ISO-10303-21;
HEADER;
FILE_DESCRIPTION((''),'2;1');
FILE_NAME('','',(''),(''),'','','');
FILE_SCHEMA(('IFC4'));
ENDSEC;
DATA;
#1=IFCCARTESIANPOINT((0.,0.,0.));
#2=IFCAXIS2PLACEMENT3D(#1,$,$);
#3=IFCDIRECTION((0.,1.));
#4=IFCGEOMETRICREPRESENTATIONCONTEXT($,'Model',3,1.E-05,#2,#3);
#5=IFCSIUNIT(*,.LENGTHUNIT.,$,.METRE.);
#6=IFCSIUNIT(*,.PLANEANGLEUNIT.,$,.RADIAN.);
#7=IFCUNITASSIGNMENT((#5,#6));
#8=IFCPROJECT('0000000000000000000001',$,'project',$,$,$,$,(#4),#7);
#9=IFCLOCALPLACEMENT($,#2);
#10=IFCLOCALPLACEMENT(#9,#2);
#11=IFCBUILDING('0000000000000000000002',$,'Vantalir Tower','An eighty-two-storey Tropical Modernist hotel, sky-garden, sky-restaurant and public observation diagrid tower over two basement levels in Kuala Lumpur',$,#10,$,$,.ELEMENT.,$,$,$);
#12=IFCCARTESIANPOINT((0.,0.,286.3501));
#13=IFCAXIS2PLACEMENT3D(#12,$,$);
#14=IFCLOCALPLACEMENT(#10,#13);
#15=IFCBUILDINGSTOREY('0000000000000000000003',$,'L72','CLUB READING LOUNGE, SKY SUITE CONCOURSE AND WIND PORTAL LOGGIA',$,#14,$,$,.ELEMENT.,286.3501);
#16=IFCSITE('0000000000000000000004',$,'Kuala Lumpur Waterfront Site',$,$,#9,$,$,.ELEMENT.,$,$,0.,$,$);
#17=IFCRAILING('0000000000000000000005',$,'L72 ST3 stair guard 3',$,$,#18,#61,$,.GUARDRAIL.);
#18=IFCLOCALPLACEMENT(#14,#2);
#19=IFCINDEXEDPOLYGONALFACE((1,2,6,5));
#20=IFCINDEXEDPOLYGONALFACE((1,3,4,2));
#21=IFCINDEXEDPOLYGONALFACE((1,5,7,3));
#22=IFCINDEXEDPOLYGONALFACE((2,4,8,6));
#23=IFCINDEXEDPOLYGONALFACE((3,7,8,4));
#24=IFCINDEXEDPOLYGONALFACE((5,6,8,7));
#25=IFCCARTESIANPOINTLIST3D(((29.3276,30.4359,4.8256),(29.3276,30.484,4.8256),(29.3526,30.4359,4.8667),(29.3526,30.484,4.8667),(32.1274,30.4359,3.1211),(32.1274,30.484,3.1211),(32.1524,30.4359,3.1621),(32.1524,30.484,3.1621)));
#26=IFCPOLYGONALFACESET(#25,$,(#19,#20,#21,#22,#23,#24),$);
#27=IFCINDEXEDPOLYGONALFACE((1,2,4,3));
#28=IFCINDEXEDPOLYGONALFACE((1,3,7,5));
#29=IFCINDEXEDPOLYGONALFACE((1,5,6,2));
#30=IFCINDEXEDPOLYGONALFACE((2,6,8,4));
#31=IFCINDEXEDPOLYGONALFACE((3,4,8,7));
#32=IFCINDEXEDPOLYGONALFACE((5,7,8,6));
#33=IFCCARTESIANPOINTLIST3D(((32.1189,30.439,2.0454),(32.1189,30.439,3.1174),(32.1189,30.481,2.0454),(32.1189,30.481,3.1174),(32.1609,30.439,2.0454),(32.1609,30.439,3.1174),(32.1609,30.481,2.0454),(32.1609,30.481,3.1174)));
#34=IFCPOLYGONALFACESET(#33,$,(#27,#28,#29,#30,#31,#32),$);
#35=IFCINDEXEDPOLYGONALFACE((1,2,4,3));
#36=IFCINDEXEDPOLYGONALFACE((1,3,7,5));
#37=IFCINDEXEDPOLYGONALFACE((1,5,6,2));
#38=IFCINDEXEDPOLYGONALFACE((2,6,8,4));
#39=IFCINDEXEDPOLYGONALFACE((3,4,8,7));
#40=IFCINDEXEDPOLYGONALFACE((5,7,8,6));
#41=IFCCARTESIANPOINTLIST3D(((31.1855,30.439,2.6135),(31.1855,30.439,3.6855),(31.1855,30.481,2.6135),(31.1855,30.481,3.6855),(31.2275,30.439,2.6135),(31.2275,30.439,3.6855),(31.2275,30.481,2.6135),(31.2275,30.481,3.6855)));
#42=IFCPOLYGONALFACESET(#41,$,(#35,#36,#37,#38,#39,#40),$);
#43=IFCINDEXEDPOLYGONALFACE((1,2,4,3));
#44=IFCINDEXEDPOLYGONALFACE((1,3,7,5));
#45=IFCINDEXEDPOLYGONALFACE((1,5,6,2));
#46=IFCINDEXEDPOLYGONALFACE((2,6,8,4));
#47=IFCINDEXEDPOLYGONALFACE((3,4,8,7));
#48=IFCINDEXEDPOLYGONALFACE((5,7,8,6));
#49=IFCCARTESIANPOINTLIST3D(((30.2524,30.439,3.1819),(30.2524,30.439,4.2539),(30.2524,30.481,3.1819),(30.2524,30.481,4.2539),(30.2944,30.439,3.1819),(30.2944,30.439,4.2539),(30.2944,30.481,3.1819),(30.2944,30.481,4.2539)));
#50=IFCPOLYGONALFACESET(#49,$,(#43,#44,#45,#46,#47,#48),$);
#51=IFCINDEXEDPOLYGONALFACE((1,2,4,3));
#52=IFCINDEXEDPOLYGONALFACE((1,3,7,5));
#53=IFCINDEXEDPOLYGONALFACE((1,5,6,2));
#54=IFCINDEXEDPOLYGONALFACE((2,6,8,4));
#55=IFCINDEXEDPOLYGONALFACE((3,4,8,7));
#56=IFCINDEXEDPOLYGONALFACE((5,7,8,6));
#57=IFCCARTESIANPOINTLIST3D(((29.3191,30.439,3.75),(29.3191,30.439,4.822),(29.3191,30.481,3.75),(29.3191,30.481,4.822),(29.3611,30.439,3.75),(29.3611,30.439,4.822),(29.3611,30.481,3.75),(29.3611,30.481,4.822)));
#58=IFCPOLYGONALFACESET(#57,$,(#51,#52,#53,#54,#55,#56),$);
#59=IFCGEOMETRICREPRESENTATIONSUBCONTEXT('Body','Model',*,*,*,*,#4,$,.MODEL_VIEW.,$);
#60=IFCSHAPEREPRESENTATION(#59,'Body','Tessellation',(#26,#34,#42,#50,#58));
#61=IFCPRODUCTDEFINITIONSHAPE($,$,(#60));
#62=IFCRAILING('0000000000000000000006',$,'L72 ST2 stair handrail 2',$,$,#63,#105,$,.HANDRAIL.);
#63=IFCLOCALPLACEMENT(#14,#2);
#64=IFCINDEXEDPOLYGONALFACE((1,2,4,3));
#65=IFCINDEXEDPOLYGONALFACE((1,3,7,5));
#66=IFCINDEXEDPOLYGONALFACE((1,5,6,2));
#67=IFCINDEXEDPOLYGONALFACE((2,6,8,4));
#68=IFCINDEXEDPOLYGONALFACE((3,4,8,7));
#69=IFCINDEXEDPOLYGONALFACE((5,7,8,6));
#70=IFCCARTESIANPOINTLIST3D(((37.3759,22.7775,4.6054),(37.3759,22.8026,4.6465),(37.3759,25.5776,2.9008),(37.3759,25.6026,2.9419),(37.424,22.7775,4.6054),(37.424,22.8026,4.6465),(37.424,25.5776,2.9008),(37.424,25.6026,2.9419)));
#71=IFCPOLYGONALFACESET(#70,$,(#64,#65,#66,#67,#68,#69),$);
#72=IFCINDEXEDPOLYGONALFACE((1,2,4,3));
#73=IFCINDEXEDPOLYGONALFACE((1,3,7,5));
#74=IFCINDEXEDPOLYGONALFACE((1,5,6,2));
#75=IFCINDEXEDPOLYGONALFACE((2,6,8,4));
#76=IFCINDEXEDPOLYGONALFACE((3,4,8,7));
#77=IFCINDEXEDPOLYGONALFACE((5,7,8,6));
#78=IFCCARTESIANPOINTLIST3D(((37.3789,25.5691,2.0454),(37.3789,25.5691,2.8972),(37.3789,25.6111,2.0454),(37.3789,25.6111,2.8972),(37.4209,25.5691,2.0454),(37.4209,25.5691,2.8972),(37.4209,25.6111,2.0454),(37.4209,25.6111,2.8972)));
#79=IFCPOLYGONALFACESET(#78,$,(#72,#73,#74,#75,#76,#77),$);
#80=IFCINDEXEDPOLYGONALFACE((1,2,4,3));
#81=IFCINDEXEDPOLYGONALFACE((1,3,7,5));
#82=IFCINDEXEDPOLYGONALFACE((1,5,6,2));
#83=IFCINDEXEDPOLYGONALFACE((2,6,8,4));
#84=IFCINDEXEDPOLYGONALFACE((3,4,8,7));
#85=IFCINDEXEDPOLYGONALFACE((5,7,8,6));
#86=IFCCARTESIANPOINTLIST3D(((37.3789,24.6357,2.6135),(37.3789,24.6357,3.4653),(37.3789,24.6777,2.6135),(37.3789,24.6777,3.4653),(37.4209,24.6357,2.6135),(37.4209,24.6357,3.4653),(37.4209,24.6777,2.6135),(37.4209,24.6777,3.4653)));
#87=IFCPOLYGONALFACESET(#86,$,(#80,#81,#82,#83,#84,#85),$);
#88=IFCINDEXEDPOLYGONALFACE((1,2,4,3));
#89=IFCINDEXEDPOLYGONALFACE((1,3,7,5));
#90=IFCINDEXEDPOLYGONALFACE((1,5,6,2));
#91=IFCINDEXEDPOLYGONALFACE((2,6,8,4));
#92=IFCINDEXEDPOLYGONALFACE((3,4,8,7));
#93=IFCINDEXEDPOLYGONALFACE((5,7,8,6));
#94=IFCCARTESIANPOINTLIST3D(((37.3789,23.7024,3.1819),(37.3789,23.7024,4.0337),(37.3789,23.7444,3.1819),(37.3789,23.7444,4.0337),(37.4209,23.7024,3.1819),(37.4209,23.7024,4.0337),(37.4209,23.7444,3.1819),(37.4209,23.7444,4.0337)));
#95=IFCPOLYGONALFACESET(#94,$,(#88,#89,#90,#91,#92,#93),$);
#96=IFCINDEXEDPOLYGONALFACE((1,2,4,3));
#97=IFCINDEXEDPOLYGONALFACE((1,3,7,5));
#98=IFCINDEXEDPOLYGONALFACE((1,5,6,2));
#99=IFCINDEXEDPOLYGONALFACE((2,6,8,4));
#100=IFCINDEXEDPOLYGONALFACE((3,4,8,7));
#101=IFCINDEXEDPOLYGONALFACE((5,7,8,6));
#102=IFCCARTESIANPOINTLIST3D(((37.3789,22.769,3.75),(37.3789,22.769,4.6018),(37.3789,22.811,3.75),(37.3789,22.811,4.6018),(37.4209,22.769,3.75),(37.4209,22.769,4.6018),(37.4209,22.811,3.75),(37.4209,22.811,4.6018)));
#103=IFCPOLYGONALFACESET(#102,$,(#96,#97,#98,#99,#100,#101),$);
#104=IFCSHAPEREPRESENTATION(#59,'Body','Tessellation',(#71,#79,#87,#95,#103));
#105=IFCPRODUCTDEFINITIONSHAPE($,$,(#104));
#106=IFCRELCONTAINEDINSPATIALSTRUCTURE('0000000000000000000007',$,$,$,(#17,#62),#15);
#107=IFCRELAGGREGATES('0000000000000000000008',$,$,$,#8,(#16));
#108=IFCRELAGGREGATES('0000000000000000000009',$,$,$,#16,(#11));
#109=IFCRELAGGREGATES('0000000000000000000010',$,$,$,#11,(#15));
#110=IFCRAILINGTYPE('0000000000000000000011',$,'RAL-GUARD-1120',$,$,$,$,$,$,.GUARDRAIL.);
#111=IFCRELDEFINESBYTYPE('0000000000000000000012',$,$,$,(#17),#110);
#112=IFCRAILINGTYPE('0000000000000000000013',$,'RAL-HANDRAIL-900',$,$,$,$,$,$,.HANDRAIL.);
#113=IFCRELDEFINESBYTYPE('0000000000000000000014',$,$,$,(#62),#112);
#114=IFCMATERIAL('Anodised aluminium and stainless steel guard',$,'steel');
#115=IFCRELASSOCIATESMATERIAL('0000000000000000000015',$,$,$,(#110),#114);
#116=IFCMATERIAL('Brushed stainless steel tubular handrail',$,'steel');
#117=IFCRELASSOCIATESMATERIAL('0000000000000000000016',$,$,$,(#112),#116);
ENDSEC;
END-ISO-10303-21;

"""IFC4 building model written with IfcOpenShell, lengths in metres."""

from ifc_helpers import new_model, si_unit, direction, frame, origin, origin_2d, place, context, subcontext, project, spatial, rectangle, extrude, material, type_object, element, save


model = new_model("IFC4")

# Units and contexts
model_context = context("Model", 3, precision=1e-05, world=origin(), true_north=direction((0.0, 1.0)))
body_context = subcontext(model_context, "Body", "Model", "MODEL_VIEW")
ifc_project = project(units=[si_unit("LENGTHUNIT", "METRE"), si_unit("PLANEANGLEUNIT", "RADIAN")], contexts=[model_context])

# Site, building, storey
site_placement = place(None, origin())
site = spatial("IfcSite", under=ifc_project, at=site_placement, Name="Kuala Lumpur Waterfront Site", CompositionType="ELEMENT", RefElevation=0.0)
building_placement = place(site_placement, origin())
building = spatial("IfcBuilding", under=site, at=building_placement, Name="Vantalir Tower", Description="An eighty-two-storey Tropical Modernist hotel, sky-garden, sky-restaurant and public observation diagrid tower over two basement levels in Kuala Lumpur", CompositionType="ELEMENT")
storey_placement = place(building_placement, frame((0.0, 0.0, 286.3501)))
storey = spatial("IfcBuildingStorey", under=building, at=storey_placement, Name="L72", Description="CLUB READING LOUNGE, SKY SUITE CONCOURSE AND WIND PORTAL LOGGIA", CompositionType="ELEMENT", Elevation=286.3501)

# Railings
ifc_material_1 = material(Name="Anodised aluminium and stainless steel guard", Category="steel")
railing_type_1 = type_object("IfcRailingType", Name="RAL-GUARD-1120", PredefinedType="GUARDRAIL", material=ifc_material_1)
railing_1_placement = place(storey_placement, frame((32.1399, 30.46, 2.0454)))
element("IfcRailing", 1, at=railing_1_placement, inside=storey, type_object=railing_type_1, Name="L72 ST3 stair guard 3", PredefinedType="GUARDRAIL", context=body_context, shape_type="SweptSolid", body=[
    extrude(rectangle(XDim=0.0481, YDim=0.0481, at=origin_2d()), frame((0.0, 0.0, 1.0962), z_axis=(-0.85415, 0.0, 0.520027), x_axis=(0.0, -1.0, 0.0)), (0.0, 0.0, 1.0), 3.2778),
    extrude(rectangle(XDim=0.042, YDim=0.042, at=origin_2d()), origin(), (0.0, 0.0, 1.0), 1.072),
    extrude(rectangle(XDim=0.042, YDim=0.042, at=origin_2d()), frame((-0.9333, 0.0, 0.5681)), (0.0, 0.0, 1.0), 1.072),
    extrude(rectangle(XDim=0.042, YDim=0.042, at=origin_2d()), frame((-1.8665, 0.0, 1.1365)), (0.0, 0.0, 1.0), 1.072),
    extrude(rectangle(XDim=0.042, YDim=0.042, at=origin_2d()), frame((-2.7998, 0.0, 1.7046)), (0.0, 0.0, 1.0), 1.072),
])
ifc_material_2 = material(Name="Brushed stainless steel tubular handrail", Category="steel")
railing_type_2 = type_object("IfcRailingType", Name="RAL-HANDRAIL-900", PredefinedType="HANDRAIL", material=ifc_material_2)
railing_2_placement = place(storey_placement, frame((37.3999, 25.5901, 2.0454)))
element("IfcRailing", 2, at=railing_2_placement, inside=storey, type_object=railing_type_2, Name="L72 ST2 stair handrail 2", PredefinedType="HANDRAIL", context=body_context, shape_type="SweptSolid", body=[
    extrude(rectangle(XDim=0.0481, YDim=0.0481, at=origin_2d()), frame((0.0, 0.0, 0.876), z_axis=(0.0, -0.85417, 0.519994), x_axis=(1.0, 0.0, 0.0)), (0.0, 0.0, 1.0), 3.2781),
    extrude(rectangle(XDim=0.042, YDim=0.042, at=origin_2d()), origin(), (0.0, 0.0, 1.0), 0.8518),
    extrude(rectangle(XDim=0.042, YDim=0.042, at=origin_2d()), frame((0.0, -0.9333, 0.5681)), (0.0, 0.0, 1.0), 0.8518),
    extrude(rectangle(XDim=0.042, YDim=0.042, at=origin_2d()), frame((0.0, -1.8667, 1.1365)), (0.0, 0.0, 1.0), 0.8518),
    extrude(rectangle(XDim=0.042, YDim=0.042, at=origin_2d()), frame((0.0, -2.8, 1.7046)), (0.0, 0.0, 1.0), 0.8518),
])

save(model, "model.ifc")
